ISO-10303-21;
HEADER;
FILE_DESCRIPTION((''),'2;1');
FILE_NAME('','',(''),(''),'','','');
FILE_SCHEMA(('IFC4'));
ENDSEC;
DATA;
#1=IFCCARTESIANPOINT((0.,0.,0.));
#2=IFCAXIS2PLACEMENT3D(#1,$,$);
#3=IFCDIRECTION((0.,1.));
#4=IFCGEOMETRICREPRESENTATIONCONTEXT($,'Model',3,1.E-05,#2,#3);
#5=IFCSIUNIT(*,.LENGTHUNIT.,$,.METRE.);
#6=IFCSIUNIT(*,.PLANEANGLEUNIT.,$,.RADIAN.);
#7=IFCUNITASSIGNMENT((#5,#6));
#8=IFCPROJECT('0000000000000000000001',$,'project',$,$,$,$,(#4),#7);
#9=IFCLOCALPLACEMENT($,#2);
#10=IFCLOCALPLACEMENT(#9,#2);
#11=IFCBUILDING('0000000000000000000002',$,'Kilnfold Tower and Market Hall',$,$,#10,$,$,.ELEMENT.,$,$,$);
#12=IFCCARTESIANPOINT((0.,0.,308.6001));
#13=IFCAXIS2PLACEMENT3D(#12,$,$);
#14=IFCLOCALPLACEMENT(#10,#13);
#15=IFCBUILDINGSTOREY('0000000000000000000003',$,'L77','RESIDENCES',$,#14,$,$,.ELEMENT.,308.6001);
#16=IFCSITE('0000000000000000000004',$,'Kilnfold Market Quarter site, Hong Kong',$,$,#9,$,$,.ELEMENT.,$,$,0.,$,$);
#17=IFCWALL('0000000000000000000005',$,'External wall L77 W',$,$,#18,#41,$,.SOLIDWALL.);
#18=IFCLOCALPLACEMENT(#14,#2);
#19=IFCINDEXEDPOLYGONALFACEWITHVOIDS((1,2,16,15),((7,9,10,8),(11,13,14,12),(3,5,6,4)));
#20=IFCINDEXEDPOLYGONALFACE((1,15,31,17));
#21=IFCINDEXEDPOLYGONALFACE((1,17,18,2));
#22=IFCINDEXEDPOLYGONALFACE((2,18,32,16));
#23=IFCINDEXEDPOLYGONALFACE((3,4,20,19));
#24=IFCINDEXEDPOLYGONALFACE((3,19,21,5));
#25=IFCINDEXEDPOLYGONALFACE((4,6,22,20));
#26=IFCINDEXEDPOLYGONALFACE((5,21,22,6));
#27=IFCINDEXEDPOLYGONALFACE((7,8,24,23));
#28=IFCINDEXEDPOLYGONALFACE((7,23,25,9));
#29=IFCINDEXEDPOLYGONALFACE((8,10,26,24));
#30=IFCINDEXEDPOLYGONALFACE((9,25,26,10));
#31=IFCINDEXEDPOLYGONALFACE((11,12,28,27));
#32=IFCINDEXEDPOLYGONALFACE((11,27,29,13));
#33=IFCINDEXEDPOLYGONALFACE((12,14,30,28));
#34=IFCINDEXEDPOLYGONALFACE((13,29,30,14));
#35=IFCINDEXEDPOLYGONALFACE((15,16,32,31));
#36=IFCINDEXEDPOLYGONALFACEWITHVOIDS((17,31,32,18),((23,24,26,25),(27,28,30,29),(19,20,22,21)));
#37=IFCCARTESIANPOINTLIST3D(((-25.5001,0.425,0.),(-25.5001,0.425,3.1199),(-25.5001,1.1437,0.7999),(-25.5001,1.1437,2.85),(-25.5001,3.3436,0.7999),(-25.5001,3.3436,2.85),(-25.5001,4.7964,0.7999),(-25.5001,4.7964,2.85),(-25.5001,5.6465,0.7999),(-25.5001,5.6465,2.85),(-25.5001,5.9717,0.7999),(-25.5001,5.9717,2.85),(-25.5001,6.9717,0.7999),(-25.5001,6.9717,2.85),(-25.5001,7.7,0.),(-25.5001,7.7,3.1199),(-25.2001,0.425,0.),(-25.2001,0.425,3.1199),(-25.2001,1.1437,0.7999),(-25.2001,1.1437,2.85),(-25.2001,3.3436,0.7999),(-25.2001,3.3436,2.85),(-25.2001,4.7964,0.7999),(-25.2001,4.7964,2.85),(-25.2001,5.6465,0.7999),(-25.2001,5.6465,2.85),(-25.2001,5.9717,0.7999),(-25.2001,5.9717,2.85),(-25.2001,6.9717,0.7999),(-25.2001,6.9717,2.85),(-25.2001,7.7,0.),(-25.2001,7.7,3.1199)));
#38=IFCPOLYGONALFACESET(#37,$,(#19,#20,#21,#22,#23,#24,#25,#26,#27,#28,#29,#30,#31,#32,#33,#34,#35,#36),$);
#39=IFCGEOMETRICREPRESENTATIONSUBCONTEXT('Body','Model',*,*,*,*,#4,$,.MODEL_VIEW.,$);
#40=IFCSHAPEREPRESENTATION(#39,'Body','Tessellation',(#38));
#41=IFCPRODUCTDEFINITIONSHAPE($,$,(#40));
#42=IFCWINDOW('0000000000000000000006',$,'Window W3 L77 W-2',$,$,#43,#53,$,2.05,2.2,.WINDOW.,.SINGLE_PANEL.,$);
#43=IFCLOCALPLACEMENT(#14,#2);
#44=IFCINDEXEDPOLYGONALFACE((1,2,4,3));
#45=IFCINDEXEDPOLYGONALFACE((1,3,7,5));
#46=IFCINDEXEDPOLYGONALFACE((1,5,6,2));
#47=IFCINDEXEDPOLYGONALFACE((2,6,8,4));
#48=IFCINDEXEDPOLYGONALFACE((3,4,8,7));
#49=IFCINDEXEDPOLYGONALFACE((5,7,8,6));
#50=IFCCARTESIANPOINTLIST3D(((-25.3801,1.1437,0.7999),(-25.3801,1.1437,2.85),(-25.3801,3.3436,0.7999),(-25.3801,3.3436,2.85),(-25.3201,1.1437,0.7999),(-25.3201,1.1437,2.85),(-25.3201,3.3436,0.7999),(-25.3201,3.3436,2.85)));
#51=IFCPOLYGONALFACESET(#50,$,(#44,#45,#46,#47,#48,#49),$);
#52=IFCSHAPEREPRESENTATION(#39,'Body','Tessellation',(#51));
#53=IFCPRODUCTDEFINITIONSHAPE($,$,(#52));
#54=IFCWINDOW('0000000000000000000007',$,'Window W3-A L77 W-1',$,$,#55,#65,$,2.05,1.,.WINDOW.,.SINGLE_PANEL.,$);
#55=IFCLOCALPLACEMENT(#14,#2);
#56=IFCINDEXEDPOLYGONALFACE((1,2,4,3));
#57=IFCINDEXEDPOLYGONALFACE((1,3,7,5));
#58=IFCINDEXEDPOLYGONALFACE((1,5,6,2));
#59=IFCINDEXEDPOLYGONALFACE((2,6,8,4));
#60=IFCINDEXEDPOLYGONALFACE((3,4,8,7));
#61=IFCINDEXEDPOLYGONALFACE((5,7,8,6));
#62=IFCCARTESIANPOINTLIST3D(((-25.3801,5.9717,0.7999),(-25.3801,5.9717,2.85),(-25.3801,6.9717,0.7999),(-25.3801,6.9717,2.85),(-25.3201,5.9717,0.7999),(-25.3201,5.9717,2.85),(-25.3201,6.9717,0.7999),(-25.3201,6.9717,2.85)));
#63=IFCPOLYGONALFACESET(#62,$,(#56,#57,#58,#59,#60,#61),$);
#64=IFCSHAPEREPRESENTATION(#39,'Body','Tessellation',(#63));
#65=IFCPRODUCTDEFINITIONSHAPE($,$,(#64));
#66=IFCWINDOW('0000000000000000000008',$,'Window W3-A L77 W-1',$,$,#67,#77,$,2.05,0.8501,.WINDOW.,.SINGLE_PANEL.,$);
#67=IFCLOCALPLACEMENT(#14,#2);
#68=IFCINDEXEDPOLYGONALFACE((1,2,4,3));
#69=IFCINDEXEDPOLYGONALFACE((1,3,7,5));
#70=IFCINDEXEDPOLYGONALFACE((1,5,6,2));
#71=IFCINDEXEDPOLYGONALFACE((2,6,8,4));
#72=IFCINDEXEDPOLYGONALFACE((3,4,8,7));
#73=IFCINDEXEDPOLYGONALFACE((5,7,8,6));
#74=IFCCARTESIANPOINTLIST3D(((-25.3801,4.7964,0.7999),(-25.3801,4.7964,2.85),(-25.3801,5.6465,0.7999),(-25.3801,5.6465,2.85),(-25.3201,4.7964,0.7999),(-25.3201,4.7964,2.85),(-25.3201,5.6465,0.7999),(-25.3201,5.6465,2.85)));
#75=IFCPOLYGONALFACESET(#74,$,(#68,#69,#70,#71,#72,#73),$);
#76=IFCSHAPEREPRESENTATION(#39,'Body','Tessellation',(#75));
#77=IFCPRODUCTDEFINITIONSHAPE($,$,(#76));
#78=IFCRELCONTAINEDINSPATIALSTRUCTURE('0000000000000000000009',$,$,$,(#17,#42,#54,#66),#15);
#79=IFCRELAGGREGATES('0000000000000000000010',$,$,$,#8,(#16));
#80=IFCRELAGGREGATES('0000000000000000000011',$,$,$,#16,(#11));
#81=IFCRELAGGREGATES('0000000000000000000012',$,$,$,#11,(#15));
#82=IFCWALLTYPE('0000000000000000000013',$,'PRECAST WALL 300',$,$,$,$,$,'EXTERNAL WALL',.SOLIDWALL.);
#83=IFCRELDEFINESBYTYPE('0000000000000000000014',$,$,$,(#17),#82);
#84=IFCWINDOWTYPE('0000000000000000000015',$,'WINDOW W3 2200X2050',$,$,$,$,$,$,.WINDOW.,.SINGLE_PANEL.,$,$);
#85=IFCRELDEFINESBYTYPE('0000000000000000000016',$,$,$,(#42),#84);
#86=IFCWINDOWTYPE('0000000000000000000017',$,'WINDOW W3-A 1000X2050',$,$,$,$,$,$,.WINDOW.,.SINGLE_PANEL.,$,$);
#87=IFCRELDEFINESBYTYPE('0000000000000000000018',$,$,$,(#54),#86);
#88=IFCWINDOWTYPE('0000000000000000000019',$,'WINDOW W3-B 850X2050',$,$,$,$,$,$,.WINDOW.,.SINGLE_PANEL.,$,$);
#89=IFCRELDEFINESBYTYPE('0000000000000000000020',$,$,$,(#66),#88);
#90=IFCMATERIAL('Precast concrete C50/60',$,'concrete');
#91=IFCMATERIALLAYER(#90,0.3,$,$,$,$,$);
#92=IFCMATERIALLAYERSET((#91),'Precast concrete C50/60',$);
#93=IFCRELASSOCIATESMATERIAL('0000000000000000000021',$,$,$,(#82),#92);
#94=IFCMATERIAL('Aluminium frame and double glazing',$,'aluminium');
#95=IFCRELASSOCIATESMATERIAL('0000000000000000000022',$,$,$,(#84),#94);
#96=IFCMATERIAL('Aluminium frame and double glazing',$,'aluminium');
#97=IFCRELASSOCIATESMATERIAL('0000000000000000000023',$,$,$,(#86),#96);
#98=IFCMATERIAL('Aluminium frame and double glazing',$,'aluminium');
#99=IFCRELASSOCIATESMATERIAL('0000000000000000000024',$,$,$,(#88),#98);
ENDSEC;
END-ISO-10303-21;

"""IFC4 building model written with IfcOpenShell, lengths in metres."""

from ifc_helpers import new_model, si_unit, direction, frame, frame_2d, origin, place, context, subcontext, project, spatial, rectangle, extrude, source, transform, mapped, material, layer, layer_set, type_object, element, fill, save


model = new_model("IFC4")

# Units and contexts
model_context = context("Model", 3, precision=1e-05, world=origin(), true_north=direction((0.0, 1.0)))
body_context = subcontext(model_context, "Body", "Model", "MODEL_VIEW")
ifc_project = project(units=[si_unit("LENGTHUNIT", "METRE"), si_unit("PLANEANGLEUNIT", "RADIAN")], contexts=[model_context])

# Site, building, storey
site_placement = place(None, origin())
site = spatial("IfcSite", under=ifc_project, at=site_placement, Name="Kilnfold Market Quarter site, Hong Kong", CompositionType="ELEMENT", RefElevation=0.0)
building_placement = place(site_placement, origin())
building = spatial("IfcBuilding", under=site, at=building_placement, Name="Kilnfold Tower and Market Hall", CompositionType="ELEMENT")
storey_placement = place(building_placement, frame((0.0, 0.0, 308.6001)))
storey = spatial("IfcBuildingStorey", under=building, at=storey_placement, Name="L77", Description="RESIDENCES", CompositionType="ELEMENT", Elevation=308.6001)

# Wall, openings, windows
ifc_material_1 = material(Name="Precast concrete C50/60", Category="concrete")
ifc_layer_1 = layer(ifc_material_1, 0.3)
ifc_layer_set_1 = layer_set([ifc_layer_1], Name="Precast concrete C50/60")
wall_type_1 = type_object("IfcWallType", Name="PRECAST WALL 300", ElementType="EXTERNAL WALL", PredefinedType="SOLIDWALL", material=ifc_layer_set_1)
shared_shape_1 = source(origin(), body_context, "Body", "SweptSolid", [
    extrude(rectangle(XDim=7.2749, YDim=0.3, at=frame_2d((3.6375, 0.0))), origin(), (0.0, 0.0, 1.0), 3.1199),
])
wall_1_placement = place(storey_placement, frame((-25.3501, 7.7, 0.0), z_axis=(0.0, 0.0, 1.0), x_axis=(0.0, -1.0, 0.0)))
wall_1 = element("IfcWall", 1, at=wall_1_placement, inside=storey, type_object=wall_type_1, Name="External wall L77 W", PredefinedType="SOLIDWALL", context=body_context, shape_type="MappedRepresentation", body=[
    mapped(shared_shape_1, transform((0.0, 0.0, 0.0))),
])
opening_1_placement = place(wall_1_placement, frame((0.7283, 0.0, 0.8)))
opening_1 = element("IfcOpeningElement", 2, at=opening_1_placement, cuts=wall_1, PredefinedType="OPENING", context=body_context, shape_type="SweptSolid", body=[
    extrude(rectangle(XDim=1.0, YDim=2.05, at=frame_2d((0.5, 1.0249))), frame((0.0, 0.1602, 0.0), z_axis=(0.0, -1.0, 0.0), x_axis=(1.0, 0.0, 0.0)), (0.0, 0.0, 1.0), 0.3201),
])
opening_2_placement = place(wall_1_placement, frame((4.3562, 0.0, 0.8)))
opening_2 = element("IfcOpeningElement", 3, at=opening_2_placement, cuts=wall_1, PredefinedType="OPENING", context=body_context, shape_type="SweptSolid", body=[
    extrude(rectangle(XDim=2.2, YDim=2.05, at=frame_2d((1.1001, 1.0249))), frame((0.0, 0.1602, 0.0), z_axis=(0.0, -1.0, 0.0), x_axis=(1.0, 0.0, 0.0)), (0.0, 0.0, 1.0), 0.3201),
])
opening_3_placement = place(wall_1_placement, frame((2.0535, 0.0, 0.8)))
opening_3 = element("IfcOpeningElement", 4, at=opening_3_placement, cuts=wall_1, PredefinedType="OPENING", context=body_context, shape_type="SweptSolid", body=[
    extrude(rectangle(XDim=0.8501, YDim=2.05, at=frame_2d((0.425, 1.0249))), frame((0.0, 0.1602, 0.0), z_axis=(0.0, -1.0, 0.0), x_axis=(1.0, 0.0, 0.0)), (0.0, 0.0, 1.0), 0.3201),
])
ifc_material_2 = material(Name="Aluminium frame and double glazing", Category="aluminium")
window_type_1 = type_object("IfcWindowType", Name="WINDOW W3 2200X2050", PartitioningType="SINGLE_PANEL", PredefinedType="WINDOW", material=ifc_material_2)
window_1_placement = place(opening_2_placement, origin())
window_1 = element("IfcWindow", 5, at=window_1_placement, inside=storey, type_object=window_type_1, Name="Window W3 L77 W-2", OverallHeight=2.05, OverallWidth=2.2, PartitioningType="SINGLE_PANEL", PredefinedType="WINDOW", context=body_context, shape_type="SweptSolid", body=[
    extrude(rectangle(XDim=2.2, YDim=2.05, at=frame_2d((1.1001, 1.0249))), frame((0.0, 0.03, 0.0), z_axis=(0.0, -1.0, 0.0), x_axis=(1.0, 0.0, 0.0)), (0.0, 0.0, 1.0), 0.0601),
])
fill(opening_2, window_1)
ifc_material_3 = material(Name="Aluminium frame and double glazing", Category="aluminium")
window_type_2 = type_object("IfcWindowType", Name="WINDOW W3-A 1000X2050", PartitioningType="SINGLE_PANEL", PredefinedType="WINDOW", material=ifc_material_3)
window_2_placement = place(opening_1_placement, origin())
window_2 = element("IfcWindow", 6, at=window_2_placement, inside=storey, type_object=window_type_2, Name="Window W3-A L77 W-1", OverallHeight=2.05, OverallWidth=1.0, PartitioningType="SINGLE_PANEL", PredefinedType="WINDOW", context=body_context, shape_type="SweptSolid", body=[
    extrude(rectangle(XDim=1.0, YDim=2.05, at=frame_2d((0.5, 1.0249))), frame((0.0, 0.03, 0.0), z_axis=(0.0, -1.0, 0.0), x_axis=(1.0, 0.0, 0.0)), (0.0, 0.0, 1.0), 0.0601),
])
fill(opening_1, window_2)
ifc_material_4 = material(Name="Aluminium frame and double glazing", Category="aluminium")
window_type_3 = type_object("IfcWindowType", Name="WINDOW W3-B 850X2050", PartitioningType="SINGLE_PANEL", PredefinedType="WINDOW", material=ifc_material_4)
window_3_placement = place(opening_3_placement, origin())
window_3 = element("IfcWindow", 7, at=window_3_placement, inside=storey, type_object=window_type_3, Name="Window W3-A L77 W-1", OverallHeight=2.05, OverallWidth=0.8501, PartitioningType="SINGLE_PANEL", PredefinedType="WINDOW", context=body_context, shape_type="SweptSolid", body=[
    extrude(rectangle(XDim=0.8501, YDim=2.05, at=frame_2d((0.425, 1.0249))), frame((0.0, 0.03, 0.0), z_axis=(0.0, -1.0, 0.0), x_axis=(1.0, 0.0, 0.0)), (0.0, 0.0, 1.0), 0.0601),
])
fill(opening_3, window_3)

save(model, "model.ifc")
